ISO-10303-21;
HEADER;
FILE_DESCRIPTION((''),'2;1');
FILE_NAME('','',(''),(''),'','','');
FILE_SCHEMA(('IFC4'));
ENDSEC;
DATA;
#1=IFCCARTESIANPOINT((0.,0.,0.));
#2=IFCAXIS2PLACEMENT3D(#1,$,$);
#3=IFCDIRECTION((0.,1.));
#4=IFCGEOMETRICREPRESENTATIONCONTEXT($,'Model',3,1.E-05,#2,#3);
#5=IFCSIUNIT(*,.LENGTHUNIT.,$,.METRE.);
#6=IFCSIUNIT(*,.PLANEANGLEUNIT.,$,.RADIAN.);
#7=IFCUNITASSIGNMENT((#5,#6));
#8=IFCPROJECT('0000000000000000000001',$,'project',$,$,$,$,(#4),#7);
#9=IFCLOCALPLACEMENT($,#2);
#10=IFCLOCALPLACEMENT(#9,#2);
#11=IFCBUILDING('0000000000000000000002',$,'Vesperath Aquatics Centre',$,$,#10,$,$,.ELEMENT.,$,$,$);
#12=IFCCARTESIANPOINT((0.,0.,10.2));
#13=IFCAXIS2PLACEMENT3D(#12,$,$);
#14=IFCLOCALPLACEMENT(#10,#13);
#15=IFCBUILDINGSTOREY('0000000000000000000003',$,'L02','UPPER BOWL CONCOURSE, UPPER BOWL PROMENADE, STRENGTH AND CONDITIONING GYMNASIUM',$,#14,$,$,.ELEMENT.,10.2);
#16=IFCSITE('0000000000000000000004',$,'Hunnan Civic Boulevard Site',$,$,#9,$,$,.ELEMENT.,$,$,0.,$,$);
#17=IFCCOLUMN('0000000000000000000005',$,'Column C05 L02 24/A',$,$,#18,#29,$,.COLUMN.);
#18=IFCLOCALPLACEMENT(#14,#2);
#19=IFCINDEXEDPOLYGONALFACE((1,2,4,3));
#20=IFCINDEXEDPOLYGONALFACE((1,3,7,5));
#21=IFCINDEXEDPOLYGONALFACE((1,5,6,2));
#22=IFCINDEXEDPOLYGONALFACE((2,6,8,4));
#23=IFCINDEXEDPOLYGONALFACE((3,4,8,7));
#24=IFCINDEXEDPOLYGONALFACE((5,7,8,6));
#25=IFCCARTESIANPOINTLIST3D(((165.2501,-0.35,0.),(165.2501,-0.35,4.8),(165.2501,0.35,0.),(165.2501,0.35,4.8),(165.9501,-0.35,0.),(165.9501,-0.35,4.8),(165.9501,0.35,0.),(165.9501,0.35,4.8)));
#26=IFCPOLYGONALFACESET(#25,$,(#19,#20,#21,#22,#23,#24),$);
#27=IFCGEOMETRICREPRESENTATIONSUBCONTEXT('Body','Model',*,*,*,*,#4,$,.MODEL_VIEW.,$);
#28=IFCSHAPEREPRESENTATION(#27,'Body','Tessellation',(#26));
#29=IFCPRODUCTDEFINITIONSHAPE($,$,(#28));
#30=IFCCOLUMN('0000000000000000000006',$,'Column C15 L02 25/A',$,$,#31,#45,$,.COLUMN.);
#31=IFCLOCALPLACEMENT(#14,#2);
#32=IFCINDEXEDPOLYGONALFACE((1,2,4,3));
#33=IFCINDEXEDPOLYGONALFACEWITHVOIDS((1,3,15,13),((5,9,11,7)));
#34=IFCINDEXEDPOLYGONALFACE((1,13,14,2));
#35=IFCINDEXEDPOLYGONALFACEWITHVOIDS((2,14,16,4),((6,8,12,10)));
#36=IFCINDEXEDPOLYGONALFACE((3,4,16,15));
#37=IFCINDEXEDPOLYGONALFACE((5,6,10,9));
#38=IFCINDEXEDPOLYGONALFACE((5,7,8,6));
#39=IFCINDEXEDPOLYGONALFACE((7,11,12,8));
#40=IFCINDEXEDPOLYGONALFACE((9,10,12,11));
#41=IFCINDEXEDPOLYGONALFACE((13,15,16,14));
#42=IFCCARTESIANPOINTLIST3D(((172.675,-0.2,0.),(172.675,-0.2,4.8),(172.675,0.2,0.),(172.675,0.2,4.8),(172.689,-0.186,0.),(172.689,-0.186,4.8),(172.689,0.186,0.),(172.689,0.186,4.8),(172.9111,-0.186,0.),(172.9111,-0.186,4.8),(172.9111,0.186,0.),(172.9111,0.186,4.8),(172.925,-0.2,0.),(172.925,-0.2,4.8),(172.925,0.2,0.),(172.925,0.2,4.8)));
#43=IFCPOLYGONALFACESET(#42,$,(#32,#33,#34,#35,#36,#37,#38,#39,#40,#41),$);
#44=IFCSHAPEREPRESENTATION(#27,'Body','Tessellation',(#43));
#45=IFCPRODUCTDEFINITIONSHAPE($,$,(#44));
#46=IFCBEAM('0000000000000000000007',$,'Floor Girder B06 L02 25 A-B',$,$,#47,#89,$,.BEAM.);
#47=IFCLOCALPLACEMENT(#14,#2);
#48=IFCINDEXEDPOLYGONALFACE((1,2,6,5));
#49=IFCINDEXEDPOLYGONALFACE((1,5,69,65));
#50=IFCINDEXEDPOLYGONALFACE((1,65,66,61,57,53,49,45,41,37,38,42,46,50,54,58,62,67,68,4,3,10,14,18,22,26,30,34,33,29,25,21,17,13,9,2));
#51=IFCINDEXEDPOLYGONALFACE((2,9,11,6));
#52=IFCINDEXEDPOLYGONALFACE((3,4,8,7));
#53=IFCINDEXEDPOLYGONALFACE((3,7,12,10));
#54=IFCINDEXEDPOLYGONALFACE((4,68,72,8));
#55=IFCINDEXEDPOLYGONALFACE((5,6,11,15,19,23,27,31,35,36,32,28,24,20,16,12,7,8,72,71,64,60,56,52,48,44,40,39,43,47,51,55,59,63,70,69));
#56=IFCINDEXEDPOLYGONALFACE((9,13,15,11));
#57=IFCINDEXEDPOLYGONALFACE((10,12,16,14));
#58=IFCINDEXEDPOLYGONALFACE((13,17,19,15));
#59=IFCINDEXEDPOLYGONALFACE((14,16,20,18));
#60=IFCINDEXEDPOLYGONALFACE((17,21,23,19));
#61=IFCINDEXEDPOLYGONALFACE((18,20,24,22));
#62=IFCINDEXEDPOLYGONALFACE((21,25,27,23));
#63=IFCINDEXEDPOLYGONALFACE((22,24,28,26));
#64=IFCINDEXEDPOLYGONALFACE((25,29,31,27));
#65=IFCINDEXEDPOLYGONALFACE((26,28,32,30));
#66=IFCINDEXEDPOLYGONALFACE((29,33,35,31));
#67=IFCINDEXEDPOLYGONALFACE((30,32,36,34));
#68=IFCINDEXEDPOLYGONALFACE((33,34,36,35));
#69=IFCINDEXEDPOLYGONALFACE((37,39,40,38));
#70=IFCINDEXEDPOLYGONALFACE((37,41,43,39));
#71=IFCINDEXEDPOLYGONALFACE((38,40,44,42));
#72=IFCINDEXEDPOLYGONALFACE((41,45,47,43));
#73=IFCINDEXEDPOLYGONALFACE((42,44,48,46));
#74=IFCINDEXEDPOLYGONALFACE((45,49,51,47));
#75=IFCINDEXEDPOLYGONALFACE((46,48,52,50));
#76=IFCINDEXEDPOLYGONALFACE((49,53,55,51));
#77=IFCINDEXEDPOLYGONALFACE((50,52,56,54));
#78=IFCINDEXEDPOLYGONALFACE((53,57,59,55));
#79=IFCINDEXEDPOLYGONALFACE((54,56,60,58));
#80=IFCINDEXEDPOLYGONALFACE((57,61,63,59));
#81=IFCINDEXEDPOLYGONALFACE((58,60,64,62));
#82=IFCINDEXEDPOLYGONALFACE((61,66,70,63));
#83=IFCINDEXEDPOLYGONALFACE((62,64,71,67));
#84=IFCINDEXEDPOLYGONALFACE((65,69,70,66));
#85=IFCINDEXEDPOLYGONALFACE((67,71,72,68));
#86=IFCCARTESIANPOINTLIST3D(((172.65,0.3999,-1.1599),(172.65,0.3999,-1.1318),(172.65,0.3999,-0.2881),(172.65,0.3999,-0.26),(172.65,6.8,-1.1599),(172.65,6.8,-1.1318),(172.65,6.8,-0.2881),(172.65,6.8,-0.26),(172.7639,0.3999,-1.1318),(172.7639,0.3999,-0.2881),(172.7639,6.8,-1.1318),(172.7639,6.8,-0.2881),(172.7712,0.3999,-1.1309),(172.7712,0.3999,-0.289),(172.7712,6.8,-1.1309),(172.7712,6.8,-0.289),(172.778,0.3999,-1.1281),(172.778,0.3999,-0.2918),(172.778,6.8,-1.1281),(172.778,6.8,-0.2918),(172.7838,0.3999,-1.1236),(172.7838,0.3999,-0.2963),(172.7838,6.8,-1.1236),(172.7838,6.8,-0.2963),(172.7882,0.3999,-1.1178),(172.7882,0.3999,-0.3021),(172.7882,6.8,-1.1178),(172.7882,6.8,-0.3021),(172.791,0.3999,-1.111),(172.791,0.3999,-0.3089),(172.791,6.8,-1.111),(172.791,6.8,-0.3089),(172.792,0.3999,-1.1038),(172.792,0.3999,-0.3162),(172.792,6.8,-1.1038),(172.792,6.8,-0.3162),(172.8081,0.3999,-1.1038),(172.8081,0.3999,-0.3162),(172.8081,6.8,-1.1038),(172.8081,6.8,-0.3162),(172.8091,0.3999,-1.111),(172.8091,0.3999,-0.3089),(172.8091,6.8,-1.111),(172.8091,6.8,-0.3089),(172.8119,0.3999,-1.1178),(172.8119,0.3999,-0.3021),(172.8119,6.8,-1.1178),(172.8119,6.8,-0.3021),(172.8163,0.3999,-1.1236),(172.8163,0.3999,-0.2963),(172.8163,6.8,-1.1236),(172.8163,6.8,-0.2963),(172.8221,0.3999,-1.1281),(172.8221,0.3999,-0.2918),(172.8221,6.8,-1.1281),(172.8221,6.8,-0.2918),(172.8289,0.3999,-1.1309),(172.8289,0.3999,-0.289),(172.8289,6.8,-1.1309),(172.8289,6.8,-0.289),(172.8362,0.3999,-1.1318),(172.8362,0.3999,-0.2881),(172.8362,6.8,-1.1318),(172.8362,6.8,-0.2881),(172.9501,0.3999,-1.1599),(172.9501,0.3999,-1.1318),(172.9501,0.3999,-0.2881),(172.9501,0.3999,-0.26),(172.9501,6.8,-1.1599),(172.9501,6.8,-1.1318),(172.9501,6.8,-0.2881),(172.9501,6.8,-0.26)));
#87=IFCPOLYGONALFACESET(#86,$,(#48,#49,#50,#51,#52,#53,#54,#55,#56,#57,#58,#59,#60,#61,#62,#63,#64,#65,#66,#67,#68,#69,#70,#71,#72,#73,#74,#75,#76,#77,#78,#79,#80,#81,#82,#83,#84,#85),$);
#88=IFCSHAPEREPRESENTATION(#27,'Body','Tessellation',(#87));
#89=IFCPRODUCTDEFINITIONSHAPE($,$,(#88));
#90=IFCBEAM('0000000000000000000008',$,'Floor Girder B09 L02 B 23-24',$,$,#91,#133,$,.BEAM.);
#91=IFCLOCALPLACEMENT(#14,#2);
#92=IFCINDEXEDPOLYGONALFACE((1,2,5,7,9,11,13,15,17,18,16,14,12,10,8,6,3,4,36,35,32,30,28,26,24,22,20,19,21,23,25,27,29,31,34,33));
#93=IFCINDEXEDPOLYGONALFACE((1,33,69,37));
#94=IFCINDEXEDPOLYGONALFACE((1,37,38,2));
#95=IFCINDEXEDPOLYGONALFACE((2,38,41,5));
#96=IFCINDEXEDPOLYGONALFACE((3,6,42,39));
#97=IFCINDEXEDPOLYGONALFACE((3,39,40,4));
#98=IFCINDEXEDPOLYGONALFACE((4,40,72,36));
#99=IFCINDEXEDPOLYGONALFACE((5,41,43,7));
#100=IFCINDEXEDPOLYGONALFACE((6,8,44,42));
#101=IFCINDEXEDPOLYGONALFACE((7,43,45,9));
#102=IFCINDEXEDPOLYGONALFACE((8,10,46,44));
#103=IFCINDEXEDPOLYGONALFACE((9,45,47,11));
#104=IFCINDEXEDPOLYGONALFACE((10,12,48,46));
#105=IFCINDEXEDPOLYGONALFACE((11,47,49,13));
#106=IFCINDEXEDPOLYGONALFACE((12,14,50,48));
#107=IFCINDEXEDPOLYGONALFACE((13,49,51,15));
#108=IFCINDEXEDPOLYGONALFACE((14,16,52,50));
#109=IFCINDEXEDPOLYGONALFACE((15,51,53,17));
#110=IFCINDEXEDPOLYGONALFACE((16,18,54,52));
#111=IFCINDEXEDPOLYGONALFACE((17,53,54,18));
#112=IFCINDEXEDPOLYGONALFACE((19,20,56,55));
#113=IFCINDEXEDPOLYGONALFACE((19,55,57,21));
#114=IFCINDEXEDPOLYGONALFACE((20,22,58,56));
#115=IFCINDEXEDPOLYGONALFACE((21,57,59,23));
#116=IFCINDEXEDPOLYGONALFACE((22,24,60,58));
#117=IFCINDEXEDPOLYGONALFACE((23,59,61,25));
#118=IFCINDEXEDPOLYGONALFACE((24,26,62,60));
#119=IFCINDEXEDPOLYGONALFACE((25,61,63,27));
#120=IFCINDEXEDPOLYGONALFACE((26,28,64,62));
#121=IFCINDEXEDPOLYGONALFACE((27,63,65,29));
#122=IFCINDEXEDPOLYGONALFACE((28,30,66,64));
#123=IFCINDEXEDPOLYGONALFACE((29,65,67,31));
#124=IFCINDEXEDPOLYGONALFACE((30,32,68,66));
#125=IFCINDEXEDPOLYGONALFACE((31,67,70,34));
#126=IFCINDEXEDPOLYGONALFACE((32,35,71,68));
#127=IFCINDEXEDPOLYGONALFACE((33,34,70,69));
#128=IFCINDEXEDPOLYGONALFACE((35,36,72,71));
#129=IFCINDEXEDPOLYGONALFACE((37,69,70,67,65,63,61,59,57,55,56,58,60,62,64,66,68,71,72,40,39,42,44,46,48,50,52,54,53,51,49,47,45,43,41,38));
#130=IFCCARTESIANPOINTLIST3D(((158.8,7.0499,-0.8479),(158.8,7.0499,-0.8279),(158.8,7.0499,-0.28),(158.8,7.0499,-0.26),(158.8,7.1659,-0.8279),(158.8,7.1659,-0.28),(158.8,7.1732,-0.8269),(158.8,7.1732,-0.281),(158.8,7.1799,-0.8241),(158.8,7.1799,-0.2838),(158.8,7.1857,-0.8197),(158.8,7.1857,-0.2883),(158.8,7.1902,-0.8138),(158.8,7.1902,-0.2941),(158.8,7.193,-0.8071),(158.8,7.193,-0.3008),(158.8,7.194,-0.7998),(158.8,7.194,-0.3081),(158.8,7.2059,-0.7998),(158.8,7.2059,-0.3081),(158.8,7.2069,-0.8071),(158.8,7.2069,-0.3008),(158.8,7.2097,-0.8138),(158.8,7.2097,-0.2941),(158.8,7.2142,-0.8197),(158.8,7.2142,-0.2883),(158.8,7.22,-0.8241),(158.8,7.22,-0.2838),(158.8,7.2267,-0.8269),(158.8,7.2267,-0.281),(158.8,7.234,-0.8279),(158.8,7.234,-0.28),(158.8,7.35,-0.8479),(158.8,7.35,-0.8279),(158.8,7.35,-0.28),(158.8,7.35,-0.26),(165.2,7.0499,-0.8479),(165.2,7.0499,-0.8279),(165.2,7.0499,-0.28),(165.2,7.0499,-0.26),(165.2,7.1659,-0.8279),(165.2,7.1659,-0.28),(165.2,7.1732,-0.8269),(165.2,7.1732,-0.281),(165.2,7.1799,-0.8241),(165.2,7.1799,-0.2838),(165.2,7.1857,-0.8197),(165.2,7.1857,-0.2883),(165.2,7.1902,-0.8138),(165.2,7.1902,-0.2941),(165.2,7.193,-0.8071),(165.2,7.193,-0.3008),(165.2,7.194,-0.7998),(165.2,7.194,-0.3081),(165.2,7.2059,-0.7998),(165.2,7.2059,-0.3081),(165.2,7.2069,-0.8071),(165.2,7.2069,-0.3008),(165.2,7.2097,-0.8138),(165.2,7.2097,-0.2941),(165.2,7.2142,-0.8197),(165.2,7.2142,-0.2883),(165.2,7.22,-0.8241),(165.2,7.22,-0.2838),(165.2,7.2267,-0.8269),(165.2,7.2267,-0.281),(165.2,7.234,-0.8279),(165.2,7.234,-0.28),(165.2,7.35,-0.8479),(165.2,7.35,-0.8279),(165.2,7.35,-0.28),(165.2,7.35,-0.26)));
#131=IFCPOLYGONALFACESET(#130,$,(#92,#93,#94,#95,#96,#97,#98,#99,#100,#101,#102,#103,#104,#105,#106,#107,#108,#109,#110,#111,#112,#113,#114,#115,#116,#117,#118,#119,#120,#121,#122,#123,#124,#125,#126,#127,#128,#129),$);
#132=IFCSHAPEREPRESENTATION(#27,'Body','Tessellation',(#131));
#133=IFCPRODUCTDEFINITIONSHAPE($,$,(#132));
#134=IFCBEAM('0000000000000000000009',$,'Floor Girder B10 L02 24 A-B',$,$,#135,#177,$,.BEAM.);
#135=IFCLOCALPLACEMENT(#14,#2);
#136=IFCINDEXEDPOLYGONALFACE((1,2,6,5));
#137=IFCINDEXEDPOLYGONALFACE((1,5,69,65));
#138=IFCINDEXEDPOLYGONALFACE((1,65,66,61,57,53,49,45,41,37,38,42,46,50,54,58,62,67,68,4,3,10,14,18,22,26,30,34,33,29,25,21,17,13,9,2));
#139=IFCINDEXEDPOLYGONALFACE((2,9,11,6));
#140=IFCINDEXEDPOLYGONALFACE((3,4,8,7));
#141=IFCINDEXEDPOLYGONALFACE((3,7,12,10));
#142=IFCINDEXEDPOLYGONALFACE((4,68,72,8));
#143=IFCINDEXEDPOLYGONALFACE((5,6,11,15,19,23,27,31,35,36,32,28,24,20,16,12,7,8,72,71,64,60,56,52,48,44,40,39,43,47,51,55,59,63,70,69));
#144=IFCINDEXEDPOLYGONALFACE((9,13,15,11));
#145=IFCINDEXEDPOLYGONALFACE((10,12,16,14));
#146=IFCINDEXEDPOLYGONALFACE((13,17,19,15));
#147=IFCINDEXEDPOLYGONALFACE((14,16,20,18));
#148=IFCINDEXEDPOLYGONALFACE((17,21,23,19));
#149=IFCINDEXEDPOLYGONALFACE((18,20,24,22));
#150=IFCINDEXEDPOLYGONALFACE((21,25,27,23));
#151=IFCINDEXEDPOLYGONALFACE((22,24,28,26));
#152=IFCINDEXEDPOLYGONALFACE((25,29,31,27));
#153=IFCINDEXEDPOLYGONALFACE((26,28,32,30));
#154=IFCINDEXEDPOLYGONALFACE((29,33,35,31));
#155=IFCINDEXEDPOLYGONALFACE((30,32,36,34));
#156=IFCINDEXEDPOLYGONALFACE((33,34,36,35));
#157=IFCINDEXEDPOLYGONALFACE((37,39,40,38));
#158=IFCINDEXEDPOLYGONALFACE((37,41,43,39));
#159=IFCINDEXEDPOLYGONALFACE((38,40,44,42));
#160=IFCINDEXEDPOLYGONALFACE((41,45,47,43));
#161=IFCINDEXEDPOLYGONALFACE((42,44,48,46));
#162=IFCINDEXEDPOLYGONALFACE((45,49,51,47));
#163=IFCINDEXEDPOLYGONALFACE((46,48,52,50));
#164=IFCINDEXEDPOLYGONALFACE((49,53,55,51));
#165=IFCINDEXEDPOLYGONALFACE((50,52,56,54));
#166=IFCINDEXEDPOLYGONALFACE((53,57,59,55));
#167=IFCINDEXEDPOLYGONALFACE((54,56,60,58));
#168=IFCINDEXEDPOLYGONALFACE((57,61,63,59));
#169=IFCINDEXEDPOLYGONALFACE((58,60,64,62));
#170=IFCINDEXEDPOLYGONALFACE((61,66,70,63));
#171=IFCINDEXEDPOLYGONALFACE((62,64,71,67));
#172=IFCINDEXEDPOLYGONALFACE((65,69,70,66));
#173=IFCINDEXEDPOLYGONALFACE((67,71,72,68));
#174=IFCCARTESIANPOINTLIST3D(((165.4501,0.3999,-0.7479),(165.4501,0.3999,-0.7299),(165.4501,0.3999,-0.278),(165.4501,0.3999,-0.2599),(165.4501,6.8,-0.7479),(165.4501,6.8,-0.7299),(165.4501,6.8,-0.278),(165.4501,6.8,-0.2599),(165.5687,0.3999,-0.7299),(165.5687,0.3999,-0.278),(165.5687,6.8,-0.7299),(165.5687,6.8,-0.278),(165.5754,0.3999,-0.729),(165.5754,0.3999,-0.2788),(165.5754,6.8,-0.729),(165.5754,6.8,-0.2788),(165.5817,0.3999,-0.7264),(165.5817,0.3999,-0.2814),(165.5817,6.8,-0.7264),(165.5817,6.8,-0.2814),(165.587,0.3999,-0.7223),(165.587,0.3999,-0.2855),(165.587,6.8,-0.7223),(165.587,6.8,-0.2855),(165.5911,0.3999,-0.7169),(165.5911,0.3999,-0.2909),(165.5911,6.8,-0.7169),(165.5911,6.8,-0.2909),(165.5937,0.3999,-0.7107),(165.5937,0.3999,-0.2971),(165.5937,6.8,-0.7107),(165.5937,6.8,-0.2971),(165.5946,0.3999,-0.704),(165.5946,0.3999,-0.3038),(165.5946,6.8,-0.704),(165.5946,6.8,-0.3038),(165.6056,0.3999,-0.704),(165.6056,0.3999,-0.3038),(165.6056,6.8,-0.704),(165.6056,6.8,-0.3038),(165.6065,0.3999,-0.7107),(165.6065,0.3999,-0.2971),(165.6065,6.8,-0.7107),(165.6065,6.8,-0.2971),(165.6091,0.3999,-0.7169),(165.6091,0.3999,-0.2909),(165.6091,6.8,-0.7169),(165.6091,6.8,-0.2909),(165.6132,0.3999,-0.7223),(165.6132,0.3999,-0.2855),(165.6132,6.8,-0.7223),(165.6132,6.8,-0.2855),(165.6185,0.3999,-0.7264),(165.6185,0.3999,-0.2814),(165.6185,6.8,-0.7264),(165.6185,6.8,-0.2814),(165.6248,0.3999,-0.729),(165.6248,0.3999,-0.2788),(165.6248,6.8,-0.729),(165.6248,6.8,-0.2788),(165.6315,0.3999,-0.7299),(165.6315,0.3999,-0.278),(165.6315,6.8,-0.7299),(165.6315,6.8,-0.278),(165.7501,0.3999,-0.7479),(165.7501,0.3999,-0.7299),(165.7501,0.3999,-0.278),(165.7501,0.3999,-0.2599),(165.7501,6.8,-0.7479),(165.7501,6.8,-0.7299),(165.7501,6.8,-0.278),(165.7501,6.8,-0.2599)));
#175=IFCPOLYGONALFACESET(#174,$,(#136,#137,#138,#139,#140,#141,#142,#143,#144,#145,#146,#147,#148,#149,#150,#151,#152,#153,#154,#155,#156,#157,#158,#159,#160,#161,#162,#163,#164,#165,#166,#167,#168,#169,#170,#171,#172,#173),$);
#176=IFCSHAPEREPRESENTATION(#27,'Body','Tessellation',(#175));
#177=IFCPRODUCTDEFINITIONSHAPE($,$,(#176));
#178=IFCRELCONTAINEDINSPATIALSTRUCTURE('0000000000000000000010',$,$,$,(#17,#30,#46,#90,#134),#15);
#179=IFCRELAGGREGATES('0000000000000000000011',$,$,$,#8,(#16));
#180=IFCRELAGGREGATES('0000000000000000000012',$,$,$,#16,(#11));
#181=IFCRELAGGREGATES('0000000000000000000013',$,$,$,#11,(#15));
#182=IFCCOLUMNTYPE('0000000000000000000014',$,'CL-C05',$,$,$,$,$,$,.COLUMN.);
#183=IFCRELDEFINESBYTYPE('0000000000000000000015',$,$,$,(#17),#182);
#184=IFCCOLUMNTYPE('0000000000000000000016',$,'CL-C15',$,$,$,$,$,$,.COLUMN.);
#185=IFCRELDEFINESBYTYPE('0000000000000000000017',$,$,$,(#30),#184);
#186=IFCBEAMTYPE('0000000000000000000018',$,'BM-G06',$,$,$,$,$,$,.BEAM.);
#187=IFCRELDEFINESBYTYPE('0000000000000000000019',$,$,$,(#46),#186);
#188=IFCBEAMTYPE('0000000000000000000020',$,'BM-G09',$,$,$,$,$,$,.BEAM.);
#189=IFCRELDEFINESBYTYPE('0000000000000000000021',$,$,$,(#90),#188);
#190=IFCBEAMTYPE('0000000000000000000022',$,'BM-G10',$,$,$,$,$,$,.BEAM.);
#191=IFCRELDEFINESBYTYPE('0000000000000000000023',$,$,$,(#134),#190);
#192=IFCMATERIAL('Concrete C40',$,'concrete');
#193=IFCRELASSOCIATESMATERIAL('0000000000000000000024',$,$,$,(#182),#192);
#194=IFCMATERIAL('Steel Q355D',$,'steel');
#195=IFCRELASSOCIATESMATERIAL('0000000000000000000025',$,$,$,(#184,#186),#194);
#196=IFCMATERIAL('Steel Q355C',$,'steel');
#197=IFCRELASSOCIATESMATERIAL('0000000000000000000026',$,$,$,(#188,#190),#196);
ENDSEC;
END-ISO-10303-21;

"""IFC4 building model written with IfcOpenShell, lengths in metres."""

from ifc_helpers import new_model, si_unit, direction, frame, origin, origin_2d, place, context, subcontext, project, spatial, rectangle, hollow_rectangle, i_section, extrude, material, material_profile, profile_set, type_object, element, save


model = new_model("IFC4")

# Units and contexts
model_context = context("Model", 3, precision=1e-05, world=origin(), true_north=direction((0.0, 1.0)))
body_context = subcontext(model_context, "Body", "Model", "MODEL_VIEW")
ifc_project = project(units=[si_unit("LENGTHUNIT", "METRE"), si_unit("PLANEANGLEUNIT", "RADIAN")], contexts=[model_context])

# Site, building, storey
site_placement = place(None, origin())
site = spatial("IfcSite", under=ifc_project, at=site_placement, Name="Hunnan Civic Boulevard Site", CompositionType="ELEMENT", RefElevation=0.0)
building_placement = place(site_placement, origin())
building = spatial("IfcBuilding", under=site, at=building_placement, Name="Vesperath Aquatics Centre", CompositionType="ELEMENT")
storey_placement = place(building_placement, frame((0.0, 0.0, 10.2)))
storey = spatial("IfcBuildingStorey", under=building, at=storey_placement, Name="L02", Description="UPPER BOWL CONCOURSE, UPPER BOWL PROMENADE, STRENGTH AND CONDITIONING GYMNASIUM", CompositionType="ELEMENT", Elevation=10.2)

# Columns
ifc_material_1 = material(Name="Concrete C40", Category="concrete")
ifc_material_profile_1 = material_profile(ifc_material_1, rectangle(XDim=0.7, YDim=0.7, at=origin_2d()), Name="RC 700x700")
ifc_profile_set_1 = profile_set([ifc_material_profile_1], Name="Concrete C40")
column_type_1 = type_object("IfcColumnType", Name="CL-C05", PredefinedType="COLUMN", material=ifc_profile_set_1)
column_1_placement = place(storey_placement, frame((165.6001, 0.0, 0.0), z_axis=(0.0, 0.0, 1.0), x_axis=(1.0, 0.0, 0.0)))
element("IfcColumn", 1, at=column_1_placement, inside=storey, type_object=column_type_1, Name="Column C05 L02 24/A", PredefinedType="COLUMN", context=body_context, shape_type="SweptSolid", body=[
    extrude(rectangle(XDim=0.7, YDim=0.7, at=origin_2d()), origin(), (0.0, 0.0, 1.0), 4.8),
])
ifc_material_2 = material(Name="Steel Q355D", Category="steel")
ifc_material_profile_2 = material_profile(ifc_material_2, hollow_rectangle(XDim=0.25, YDim=0.3999, WallThickness=0.0139, at=origin_2d()), Name="RHS 400x250x14")
ifc_profile_set_2 = profile_set([ifc_material_profile_2], Name="Steel Q355D")
column_type_2 = type_object("IfcColumnType", Name="CL-C15", PredefinedType="COLUMN", material=ifc_profile_set_2)
column_2_placement = place(storey_placement, frame((172.8, 0.0, 0.0), z_axis=(0.0, 0.0, 1.0), x_axis=(1.0, 0.0, 0.0)))
element("IfcColumn", 2, at=column_2_placement, inside=storey, type_object=column_type_2, Name="Column C15 L02 25/A", PredefinedType="COLUMN", context=body_context, shape_type="SweptSolid", body=[
    extrude(hollow_rectangle(XDim=0.25, YDim=0.3999, WallThickness=0.0139, at=origin_2d()), origin(), (0.0, 0.0, 1.0), 4.8),
])

# Beams
ifc_material_profile_3 = material_profile(ifc_material_2, i_section(OverallWidth=0.3, OverallDepth=0.8999, WebThickness=0.0161, FlangeThickness=0.0281, FilletRadius=0.0281, at=origin_2d()), Name="HN 900x300x16x28")
ifc_profile_set_3 = profile_set([ifc_material_profile_3], Name="Steel Q355D")
beam_type_1 = type_object("IfcBeamType", Name="BM-G06", PredefinedType="BEAM", material=ifc_profile_set_3)
beam_1_placement = place(storey_placement, frame((172.8, 0.3999, -0.71), z_axis=(0.0, 1.0, 0.0), x_axis=(-1.0, 0.0, 0.0)))
element("IfcBeam", 3, at=beam_1_placement, inside=storey, type_object=beam_type_1, Name="Floor Girder B06 L02 25 A-B", PredefinedType="BEAM", context=body_context, shape_type="SweptSolid", body=[
    extrude(i_section(OverallWidth=0.3, OverallDepth=0.8999, WebThickness=0.0161, FlangeThickness=0.0281, FilletRadius=0.0281, at=origin_2d()), origin(), (0.0, 0.0, 1.0), 6.4001),
])
ifc_material_3 = material(Name="Steel Q355C", Category="steel")
ifc_material_profile_4 = material_profile(ifc_material_3, i_section(OverallWidth=0.3, OverallDepth=0.5879, WebThickness=0.012, FlangeThickness=0.02, FilletRadius=0.0281, at=origin_2d()), Name="HM 588x300x12x20")
ifc_profile_set_4 = profile_set([ifc_material_profile_4], Name="Steel Q355C")
beam_type_2 = type_object("IfcBeamType", Name="BM-G09", PredefinedType="BEAM", material=ifc_profile_set_4)
beam_2_placement = place(storey_placement, frame((158.8, 7.2, -0.554), z_axis=(1.0, 0.0, 0.0), x_axis=(0.0, 1.0, 0.0)))
element("IfcBeam", 4, at=beam_2_placement, inside=storey, type_object=beam_type_2, Name="Floor Girder B09 L02 B 23-24", PredefinedType="BEAM", context=body_context, shape_type="SweptSolid", body=[
    extrude(i_section(OverallWidth=0.3, OverallDepth=0.5879, WebThickness=0.012, FlangeThickness=0.02, FilletRadius=0.0281, at=origin_2d()), origin(), (0.0, 0.0, 1.0), 6.3999),
])
ifc_material_profile_5 = material_profile(ifc_material_3, i_section(OverallWidth=0.3, OverallDepth=0.488, WebThickness=0.011, FlangeThickness=0.0181, FilletRadius=0.0259, at=origin_2d()), Name="HM 488x300x11x18")
ifc_profile_set_5 = profile_set([ifc_material_profile_5], Name="Steel Q355C")
beam_type_3 = type_object("IfcBeamType", Name="BM-G10", PredefinedType="BEAM", material=ifc_profile_set_5)
beam_3_placement = place(storey_placement, frame((165.6001, 0.3999, -0.5039), z_axis=(0.0, 1.0, 0.0), x_axis=(-1.0, 0.0, 0.0)))
element("IfcBeam", 5, at=beam_3_placement, inside=storey, type_object=beam_type_3, Name="Floor Girder B10 L02 24 A-B", PredefinedType="BEAM", context=body_context, shape_type="SweptSolid", body=[
    extrude(i_section(OverallWidth=0.3, OverallDepth=0.488, WebThickness=0.011, FlangeThickness=0.0181, FilletRadius=0.0259, at=origin_2d()), origin(), (0.0, 0.0, 1.0), 6.4001),
])

save(model, "model.ifc")
